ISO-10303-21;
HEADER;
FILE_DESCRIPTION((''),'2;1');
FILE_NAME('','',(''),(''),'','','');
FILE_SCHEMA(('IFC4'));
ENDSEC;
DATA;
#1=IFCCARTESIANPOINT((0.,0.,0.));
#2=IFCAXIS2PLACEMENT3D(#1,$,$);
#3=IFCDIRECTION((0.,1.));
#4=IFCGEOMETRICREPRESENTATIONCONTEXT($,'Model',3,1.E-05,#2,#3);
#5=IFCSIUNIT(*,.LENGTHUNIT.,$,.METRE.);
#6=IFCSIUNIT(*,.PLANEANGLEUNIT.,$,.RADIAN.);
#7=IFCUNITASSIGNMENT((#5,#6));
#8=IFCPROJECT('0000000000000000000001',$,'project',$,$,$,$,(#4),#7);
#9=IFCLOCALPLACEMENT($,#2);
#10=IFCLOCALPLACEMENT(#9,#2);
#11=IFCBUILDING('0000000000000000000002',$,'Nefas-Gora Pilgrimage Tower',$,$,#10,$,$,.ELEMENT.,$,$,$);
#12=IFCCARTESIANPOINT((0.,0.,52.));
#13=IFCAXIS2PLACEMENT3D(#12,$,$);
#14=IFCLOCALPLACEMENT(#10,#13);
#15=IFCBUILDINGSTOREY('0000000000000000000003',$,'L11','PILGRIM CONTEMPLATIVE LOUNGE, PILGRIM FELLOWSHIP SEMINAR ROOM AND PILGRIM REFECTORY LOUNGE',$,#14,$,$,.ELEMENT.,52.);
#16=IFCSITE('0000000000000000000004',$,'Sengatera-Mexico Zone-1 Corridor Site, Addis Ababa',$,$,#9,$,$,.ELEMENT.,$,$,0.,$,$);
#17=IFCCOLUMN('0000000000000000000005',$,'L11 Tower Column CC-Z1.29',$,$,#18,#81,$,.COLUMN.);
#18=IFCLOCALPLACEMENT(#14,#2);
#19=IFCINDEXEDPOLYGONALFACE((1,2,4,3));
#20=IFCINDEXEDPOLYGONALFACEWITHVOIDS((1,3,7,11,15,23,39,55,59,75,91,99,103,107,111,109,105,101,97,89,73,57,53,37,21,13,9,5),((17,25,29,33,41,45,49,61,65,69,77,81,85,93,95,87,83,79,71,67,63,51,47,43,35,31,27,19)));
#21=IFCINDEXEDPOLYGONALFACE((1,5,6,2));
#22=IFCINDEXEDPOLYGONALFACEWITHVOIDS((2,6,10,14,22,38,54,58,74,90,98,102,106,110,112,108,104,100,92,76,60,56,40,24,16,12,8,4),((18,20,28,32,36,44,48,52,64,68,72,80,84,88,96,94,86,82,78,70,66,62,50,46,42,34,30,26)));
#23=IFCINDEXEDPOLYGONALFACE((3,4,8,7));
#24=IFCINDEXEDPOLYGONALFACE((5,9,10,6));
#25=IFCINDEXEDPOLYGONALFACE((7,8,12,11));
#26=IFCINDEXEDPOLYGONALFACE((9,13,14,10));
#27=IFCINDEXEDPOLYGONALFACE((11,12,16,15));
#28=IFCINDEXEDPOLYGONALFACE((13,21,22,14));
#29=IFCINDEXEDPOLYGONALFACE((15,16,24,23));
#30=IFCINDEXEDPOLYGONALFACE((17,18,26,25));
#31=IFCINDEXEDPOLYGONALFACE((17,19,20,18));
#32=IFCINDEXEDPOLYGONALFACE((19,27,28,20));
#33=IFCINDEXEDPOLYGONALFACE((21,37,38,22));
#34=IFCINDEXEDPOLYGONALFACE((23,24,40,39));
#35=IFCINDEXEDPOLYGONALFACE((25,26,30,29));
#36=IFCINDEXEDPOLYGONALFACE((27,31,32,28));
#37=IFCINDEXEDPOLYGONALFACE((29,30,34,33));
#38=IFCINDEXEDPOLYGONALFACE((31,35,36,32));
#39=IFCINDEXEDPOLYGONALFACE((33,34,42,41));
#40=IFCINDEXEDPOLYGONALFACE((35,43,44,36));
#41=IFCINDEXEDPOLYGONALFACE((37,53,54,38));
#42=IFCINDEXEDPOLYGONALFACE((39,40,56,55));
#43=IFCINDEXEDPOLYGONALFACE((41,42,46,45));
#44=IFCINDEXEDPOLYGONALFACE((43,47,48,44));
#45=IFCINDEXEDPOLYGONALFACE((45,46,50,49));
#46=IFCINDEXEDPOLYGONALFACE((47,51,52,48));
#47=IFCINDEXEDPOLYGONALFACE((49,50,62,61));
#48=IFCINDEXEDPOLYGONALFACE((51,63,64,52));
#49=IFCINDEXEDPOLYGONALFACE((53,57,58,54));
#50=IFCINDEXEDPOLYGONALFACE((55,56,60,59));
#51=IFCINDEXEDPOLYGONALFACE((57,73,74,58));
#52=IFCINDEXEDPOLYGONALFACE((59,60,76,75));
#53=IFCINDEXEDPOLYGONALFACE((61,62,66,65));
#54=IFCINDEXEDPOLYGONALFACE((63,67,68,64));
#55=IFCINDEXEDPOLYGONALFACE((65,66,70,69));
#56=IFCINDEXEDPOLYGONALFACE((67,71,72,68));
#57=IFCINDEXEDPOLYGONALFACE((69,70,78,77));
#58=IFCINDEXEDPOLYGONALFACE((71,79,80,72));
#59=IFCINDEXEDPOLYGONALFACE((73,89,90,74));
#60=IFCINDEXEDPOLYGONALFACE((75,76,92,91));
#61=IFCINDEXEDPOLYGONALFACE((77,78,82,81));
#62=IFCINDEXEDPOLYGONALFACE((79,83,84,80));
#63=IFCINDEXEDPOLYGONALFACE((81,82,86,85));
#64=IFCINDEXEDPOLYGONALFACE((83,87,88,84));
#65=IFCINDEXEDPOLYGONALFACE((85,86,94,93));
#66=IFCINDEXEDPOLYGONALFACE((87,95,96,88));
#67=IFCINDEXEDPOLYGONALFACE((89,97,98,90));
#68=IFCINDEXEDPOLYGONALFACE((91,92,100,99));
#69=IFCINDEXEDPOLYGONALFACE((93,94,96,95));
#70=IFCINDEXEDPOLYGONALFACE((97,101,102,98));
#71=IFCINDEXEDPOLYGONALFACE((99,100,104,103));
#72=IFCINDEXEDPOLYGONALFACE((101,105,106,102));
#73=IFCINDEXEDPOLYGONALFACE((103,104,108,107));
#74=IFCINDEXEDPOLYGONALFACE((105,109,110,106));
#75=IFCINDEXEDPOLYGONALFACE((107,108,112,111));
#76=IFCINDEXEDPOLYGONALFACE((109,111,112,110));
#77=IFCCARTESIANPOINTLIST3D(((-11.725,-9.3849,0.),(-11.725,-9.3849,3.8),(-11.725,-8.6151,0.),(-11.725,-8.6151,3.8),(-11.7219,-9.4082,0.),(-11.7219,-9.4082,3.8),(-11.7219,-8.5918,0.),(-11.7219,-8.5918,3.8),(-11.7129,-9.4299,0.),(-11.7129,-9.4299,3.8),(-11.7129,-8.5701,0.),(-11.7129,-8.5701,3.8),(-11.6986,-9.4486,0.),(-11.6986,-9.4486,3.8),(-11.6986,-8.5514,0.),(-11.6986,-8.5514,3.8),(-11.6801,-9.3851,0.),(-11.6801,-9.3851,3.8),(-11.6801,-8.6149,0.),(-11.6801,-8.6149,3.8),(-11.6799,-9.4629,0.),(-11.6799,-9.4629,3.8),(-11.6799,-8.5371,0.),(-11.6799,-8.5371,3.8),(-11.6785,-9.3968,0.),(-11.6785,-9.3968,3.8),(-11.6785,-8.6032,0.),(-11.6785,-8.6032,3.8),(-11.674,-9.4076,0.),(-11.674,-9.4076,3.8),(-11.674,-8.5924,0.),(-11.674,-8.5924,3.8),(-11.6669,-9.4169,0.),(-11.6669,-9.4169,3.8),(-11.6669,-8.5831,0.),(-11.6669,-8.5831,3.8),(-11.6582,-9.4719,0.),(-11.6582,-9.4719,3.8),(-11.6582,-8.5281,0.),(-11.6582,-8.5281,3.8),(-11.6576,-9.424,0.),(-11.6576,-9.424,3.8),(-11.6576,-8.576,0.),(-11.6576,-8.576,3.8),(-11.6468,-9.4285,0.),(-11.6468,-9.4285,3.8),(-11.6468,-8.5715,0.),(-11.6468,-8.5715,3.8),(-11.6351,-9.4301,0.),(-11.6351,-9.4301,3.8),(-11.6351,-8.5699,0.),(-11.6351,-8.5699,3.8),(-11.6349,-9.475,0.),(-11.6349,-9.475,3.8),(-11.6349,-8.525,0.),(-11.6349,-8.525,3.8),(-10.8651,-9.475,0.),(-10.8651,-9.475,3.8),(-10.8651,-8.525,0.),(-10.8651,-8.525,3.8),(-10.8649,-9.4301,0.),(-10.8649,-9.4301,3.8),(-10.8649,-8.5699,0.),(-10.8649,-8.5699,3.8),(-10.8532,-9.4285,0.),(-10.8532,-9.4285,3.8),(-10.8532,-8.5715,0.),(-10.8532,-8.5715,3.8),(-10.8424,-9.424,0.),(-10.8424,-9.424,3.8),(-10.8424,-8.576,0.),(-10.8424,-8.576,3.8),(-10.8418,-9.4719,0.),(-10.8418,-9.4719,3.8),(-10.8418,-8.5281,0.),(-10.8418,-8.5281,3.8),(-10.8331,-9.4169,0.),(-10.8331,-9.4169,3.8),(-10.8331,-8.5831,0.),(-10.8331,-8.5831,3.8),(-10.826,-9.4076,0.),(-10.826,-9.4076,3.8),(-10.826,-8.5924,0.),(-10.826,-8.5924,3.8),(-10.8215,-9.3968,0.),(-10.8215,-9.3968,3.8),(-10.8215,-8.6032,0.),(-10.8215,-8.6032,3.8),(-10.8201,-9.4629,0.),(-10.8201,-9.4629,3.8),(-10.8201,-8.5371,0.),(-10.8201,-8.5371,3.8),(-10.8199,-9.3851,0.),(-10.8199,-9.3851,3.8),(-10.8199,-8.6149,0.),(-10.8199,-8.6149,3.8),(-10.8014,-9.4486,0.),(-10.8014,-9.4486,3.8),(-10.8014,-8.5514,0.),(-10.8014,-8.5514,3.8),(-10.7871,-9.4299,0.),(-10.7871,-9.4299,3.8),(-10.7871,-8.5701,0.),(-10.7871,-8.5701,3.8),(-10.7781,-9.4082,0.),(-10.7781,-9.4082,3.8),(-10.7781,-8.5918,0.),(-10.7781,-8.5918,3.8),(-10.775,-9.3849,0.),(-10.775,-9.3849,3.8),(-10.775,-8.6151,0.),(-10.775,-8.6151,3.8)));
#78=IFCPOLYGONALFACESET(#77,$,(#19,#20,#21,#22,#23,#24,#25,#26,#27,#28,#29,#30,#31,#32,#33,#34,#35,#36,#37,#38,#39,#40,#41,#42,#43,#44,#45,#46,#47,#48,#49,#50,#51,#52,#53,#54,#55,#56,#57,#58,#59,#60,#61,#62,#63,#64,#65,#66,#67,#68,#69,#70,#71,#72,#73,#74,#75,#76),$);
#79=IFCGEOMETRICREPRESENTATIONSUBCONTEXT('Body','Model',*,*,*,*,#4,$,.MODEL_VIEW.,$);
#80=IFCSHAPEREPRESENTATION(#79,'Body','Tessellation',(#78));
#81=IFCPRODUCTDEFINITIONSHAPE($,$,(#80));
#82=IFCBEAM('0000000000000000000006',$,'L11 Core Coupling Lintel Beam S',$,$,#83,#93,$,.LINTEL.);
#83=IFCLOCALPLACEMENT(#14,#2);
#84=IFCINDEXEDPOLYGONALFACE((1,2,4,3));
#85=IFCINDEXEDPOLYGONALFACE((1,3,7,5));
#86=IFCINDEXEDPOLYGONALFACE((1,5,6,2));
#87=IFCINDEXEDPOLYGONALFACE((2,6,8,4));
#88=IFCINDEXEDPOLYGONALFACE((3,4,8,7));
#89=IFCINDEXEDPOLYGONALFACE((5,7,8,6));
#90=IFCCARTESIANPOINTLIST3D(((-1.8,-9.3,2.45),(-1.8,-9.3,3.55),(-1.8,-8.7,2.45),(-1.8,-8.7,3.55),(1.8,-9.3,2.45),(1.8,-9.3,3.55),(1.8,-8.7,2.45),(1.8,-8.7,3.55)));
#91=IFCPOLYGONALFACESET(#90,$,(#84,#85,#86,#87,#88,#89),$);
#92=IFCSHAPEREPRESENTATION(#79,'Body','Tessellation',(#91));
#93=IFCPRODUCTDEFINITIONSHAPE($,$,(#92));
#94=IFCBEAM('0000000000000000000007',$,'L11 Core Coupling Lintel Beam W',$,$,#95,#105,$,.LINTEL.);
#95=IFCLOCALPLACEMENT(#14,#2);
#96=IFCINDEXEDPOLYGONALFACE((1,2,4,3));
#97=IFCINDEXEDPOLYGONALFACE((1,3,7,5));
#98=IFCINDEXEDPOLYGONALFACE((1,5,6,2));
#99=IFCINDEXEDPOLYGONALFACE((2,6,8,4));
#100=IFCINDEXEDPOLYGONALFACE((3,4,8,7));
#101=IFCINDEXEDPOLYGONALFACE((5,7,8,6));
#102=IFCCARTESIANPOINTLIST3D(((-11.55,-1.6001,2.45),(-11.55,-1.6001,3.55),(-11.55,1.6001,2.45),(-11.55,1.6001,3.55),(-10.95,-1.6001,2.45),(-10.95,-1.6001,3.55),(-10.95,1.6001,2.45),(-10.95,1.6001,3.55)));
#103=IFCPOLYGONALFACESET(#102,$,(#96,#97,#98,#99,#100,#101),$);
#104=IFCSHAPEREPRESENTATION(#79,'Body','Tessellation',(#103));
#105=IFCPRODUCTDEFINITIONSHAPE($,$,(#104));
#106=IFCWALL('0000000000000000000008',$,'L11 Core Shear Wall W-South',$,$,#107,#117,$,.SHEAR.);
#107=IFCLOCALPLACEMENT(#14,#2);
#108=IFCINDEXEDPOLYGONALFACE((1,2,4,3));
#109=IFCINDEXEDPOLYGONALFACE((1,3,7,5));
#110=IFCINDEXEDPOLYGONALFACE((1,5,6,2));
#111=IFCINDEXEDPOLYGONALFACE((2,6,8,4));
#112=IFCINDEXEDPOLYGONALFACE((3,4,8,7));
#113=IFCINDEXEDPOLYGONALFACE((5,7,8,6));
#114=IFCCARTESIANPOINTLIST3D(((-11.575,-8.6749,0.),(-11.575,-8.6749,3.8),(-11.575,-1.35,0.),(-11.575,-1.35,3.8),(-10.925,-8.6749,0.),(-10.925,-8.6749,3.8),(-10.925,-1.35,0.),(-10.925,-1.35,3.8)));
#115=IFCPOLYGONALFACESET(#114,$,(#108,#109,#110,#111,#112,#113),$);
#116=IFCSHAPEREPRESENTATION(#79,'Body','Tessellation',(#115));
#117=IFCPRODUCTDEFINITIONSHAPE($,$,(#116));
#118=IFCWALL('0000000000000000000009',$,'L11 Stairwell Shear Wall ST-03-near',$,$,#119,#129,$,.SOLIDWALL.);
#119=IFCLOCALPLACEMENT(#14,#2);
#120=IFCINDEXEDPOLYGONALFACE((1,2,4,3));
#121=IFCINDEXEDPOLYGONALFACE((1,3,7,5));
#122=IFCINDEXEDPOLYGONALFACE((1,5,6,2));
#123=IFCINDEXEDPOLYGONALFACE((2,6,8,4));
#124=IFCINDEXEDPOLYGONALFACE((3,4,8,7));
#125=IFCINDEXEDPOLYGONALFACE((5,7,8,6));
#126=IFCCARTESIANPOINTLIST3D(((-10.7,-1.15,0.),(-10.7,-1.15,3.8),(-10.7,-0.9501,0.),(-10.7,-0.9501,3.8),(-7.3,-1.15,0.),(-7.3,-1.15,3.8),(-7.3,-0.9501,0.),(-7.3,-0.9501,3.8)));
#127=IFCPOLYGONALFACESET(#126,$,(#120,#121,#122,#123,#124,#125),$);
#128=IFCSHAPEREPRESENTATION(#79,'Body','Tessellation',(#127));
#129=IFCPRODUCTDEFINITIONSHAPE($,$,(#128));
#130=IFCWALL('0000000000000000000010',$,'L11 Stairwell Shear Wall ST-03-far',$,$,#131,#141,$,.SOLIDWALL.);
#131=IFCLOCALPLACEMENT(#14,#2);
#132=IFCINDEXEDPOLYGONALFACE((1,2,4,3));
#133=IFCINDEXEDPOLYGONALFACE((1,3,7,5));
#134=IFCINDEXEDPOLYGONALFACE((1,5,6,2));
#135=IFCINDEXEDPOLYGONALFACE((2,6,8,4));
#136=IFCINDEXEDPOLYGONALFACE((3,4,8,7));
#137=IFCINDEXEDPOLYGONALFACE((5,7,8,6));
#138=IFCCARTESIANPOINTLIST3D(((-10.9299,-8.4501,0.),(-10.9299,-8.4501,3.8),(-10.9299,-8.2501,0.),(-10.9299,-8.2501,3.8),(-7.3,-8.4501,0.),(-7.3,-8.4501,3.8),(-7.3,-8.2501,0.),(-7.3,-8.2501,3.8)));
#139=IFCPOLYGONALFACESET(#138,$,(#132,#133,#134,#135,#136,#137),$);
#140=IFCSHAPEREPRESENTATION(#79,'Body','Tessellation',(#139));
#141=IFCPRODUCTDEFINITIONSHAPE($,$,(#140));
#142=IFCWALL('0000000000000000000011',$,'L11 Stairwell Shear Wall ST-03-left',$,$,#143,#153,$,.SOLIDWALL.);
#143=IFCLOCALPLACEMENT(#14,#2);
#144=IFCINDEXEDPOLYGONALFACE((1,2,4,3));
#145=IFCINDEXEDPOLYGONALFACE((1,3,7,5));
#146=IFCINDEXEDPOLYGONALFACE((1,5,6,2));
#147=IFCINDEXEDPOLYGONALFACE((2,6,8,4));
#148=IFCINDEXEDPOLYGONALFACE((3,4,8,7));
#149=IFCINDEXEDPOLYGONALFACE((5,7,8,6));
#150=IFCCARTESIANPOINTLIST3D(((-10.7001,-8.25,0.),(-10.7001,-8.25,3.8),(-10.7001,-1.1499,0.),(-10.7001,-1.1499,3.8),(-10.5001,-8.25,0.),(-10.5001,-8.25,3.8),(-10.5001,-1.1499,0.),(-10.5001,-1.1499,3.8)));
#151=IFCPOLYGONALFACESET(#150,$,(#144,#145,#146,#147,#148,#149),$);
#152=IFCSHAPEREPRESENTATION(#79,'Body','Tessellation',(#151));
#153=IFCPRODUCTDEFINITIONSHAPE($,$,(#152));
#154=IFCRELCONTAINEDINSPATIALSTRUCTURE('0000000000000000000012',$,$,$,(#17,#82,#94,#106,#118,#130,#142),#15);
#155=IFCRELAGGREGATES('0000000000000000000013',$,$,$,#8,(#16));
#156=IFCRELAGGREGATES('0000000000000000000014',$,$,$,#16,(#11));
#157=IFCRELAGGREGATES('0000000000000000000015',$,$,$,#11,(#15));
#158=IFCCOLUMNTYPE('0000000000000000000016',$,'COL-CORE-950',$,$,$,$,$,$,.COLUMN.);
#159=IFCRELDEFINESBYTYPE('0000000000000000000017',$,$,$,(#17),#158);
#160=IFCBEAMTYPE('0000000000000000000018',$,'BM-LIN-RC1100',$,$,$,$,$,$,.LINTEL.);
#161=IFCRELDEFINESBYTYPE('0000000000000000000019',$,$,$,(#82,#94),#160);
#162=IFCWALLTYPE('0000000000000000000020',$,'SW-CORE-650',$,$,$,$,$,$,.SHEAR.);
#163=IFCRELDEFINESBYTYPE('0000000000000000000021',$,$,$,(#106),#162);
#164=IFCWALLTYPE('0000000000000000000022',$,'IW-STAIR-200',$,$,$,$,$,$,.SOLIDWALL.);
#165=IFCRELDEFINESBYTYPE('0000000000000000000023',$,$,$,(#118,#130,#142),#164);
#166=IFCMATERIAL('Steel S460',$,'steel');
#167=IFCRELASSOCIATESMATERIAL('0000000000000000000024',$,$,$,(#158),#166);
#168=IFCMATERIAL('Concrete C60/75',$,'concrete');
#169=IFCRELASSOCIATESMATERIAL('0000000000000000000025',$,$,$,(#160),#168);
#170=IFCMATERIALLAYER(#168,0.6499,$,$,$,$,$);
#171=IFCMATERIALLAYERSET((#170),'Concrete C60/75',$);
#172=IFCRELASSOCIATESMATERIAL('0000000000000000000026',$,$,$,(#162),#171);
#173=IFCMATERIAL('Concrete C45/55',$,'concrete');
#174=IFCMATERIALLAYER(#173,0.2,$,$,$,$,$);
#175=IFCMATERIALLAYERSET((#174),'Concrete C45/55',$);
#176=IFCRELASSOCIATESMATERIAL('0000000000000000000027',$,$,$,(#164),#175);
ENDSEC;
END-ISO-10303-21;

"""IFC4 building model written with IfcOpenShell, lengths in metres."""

from ifc_helpers import new_model, si_unit, direction, frame, frame_2d, origin, origin_2d, place, context, subcontext, project, spatial, rectangle, hollow_rectangle, extrude, source, transform, mapped, material, layer, layer_set, material_profile, profile_set, type_object, element, save


model = new_model("IFC4")

# Units and contexts
model_context = context("Model", 3, precision=1e-05, world=origin(), true_north=direction((0.0, 1.0)))
body_context = subcontext(model_context, "Body", "Model", "MODEL_VIEW")
ifc_project = project(units=[si_unit("LENGTHUNIT", "METRE"), si_unit("PLANEANGLEUNIT", "RADIAN")], contexts=[model_context])

# Site, building, storey
site_placement = place(None, origin())
site = spatial("IfcSite", under=ifc_project, at=site_placement, Name="Sengatera-Mexico Zone-1 Corridor Site, Addis Ababa", CompositionType="ELEMENT", RefElevation=0.0)
building_placement = place(site_placement, origin())
building = spatial("IfcBuilding", under=site, at=building_placement, Name="Nefas-Gora Pilgrimage Tower", CompositionType="ELEMENT")
storey_placement = place(building_placement, frame((0.0, 0.0, 52.0)))
storey = spatial("IfcBuildingStorey", under=building, at=storey_placement, Name="L11", Description="PILGRIM CONTEMPLATIVE LOUNGE, PILGRIM FELLOWSHIP SEMINAR ROOM AND PILGRIM REFECTORY LOUNGE", CompositionType="ELEMENT", Elevation=52.0)

# Column
ifc_material_1 = material(Name="Steel S460", Category="steel")
ifc_material_profile_1 = material_profile(ifc_material_1, hollow_rectangle(XDim=0.95, YDim=0.95, WallThickness=0.0449, InnerFilletRadius=0.0449, OuterFilletRadius=0.0901, at=origin_2d()), Name="BOX 950x950x45")
ifc_profile_set_1 = profile_set([ifc_material_profile_1], Name="Steel S460")
column_type = type_object("IfcColumnType", Name="COL-CORE-950", PredefinedType="COLUMN", material=ifc_profile_set_1)
shared_shape_1 = source(origin(), body_context, "Body", "SweptSolid", [
    extrude(hollow_rectangle(XDim=0.95, YDim=0.95, WallThickness=0.0449, InnerFilletRadius=0.0449, OuterFilletRadius=0.0901, at=origin_2d()), origin(), (0.0, 0.0, 1.0), 3.8),
])
column_placement = place(storey_placement, frame((-11.25, -9.0, 0.0), z_axis=(0.0, 0.0, 1.0), x_axis=(1.0, 0.0, 0.0)))
element("IfcColumn", 1, at=column_placement, inside=storey, type_object=column_type, Name="L11 Tower Column CC-Z1.29", PredefinedType="COLUMN", context=body_context, shape_type="MappedRepresentation", body=[
    mapped(shared_shape_1, transform((0.0, 0.0, 0.0), x_axis=(1.0, 0.0, 0.0), y_axis=(0.0, 1.0, 0.0), z_axis=(0.0, 0.0, 1.0), scale=1.0)),
])

# Beams
ifc_material_2 = material(Name="Concrete C60/75", Category="concrete")
ifc_material_profile_2 = material_profile(ifc_material_2, rectangle(XDim=0.6001, YDim=1.1001, at=origin_2d()), Name="RC 600x1100")
ifc_profile_set_2 = profile_set([ifc_material_profile_2], Name="Concrete C60/75")
beam_type = type_object("IfcBeamType", Name="BM-LIN-RC1100", PredefinedType="LINTEL", material=ifc_profile_set_2)
shared_shape_2 = source(origin(), body_context, "Body", "SweptSolid", [
    extrude(rectangle(XDim=0.6001, YDim=1.1001, at=origin_2d()), origin(), (0.0, 0.0, 1.0), 3.6001),
])
beam_1_placement = place(storey_placement, frame((-1.8, -9.0, 3.0), z_axis=(1.0, 0.0, 0.0), x_axis=(0.0, 1.0, 0.0)))
element("IfcBeam", 2, at=beam_1_placement, inside=storey, type_object=beam_type, Name="L11 Core Coupling Lintel Beam S", PredefinedType="LINTEL", context=body_context, shape_type="MappedRepresentation", body=[
    mapped(shared_shape_2, transform((0.0, 0.0, 0.0), x_axis=(1.0, 0.0, 0.0), y_axis=(0.0, 1.0, 0.0), z_axis=(0.0, 0.0, 1.0), scale=1.0)),
])
shared_shape_3 = source(origin(), body_context, "Body", "SweptSolid", [
    extrude(rectangle(XDim=0.6001, YDim=1.1001, at=origin_2d()), origin(), (0.0, 0.0, 1.0), 3.2002),
])
beam_2_placement = place(storey_placement, frame((-11.25, -1.6001, 3.0), z_axis=(0.0, 1.0, 0.0), x_axis=(-1.0, 0.0, 0.0)))
element("IfcBeam", 3, at=beam_2_placement, inside=storey, type_object=beam_type, Name="L11 Core Coupling Lintel Beam W", PredefinedType="LINTEL", context=body_context, shape_type="MappedRepresentation", body=[
    mapped(shared_shape_3, transform((0.0, 0.0, 0.0), x_axis=(1.0, 0.0, 0.0), y_axis=(0.0, 1.0, 0.0), z_axis=(0.0, 0.0, 1.0), scale=1.0)),
])

# Walls
ifc_layer_1 = layer(ifc_material_2, 0.6499)
ifc_layer_set_1 = layer_set([ifc_layer_1], Name="Concrete C60/75")
wall_type_1 = type_object("IfcWallType", Name="SW-CORE-650", PredefinedType="SHEAR", material=ifc_layer_set_1)
shared_shape_4 = source(origin(), body_context, "Body", "SweptSolid", [
    extrude(rectangle(XDim=7.325, YDim=0.6499, at=frame_2d((3.6626, 0.0))), origin(), (0.0, 0.0, 1.0), 3.8),
])
wall_1_placement = place(storey_placement, frame((-11.25, -8.675, 0.0), z_axis=(0.0, 0.0, 1.0), x_axis=(0.0, 1.0, 0.0)))
element("IfcWall", 4, at=wall_1_placement, inside=storey, type_object=wall_type_1, Name="L11 Core Shear Wall W-South", PredefinedType="SHEAR", context=body_context, shape_type="MappedRepresentation", body=[
    mapped(shared_shape_4, transform((0.0, 0.0, 0.0), x_axis=(1.0, 0.0, 0.0), y_axis=(0.0, 1.0, 0.0), z_axis=(0.0, 0.0, 1.0), scale=1.0)),
])
ifc_material_3 = material(Name="Concrete C45/55", Category="concrete")
ifc_layer_2 = layer(ifc_material_3, 0.2)
ifc_layer_set_2 = layer_set([ifc_layer_2], Name="Concrete C45/55")
wall_type_2 = type_object("IfcWallType", Name="IW-STAIR-200", PredefinedType="SOLIDWALL", material=ifc_layer_set_2)
shared_shape_5 = source(origin(), body_context, "Body", "SweptSolid", [
    extrude(rectangle(XDim=3.3999, YDim=0.2, at=frame_2d((1.7, 0.0))), origin(), (0.0, 0.0, 1.0), 3.8),
])
wall_2_placement = place(storey_placement, frame((-10.7, -1.05, 0.0), z_axis=(0.0, 0.0, 1.0), x_axis=(1.0, 0.0, 0.0)))
element("IfcWall", 5, at=wall_2_placement, inside=storey, type_object=wall_type_2, Name="L11 Stairwell Shear Wall ST-03-near", PredefinedType="SOLIDWALL", context=body_context, shape_type="MappedRepresentation", body=[
    mapped(shared_shape_5, transform((0.0, 0.0, 0.0), x_axis=(1.0, 0.0, 0.0), y_axis=(0.0, 1.0, 0.0), z_axis=(0.0, 0.0, 1.0), scale=1.0)),
])
shared_shape_6 = source(origin(), body_context, "Body", "SweptSolid", [
    extrude(rectangle(XDim=3.6299, YDim=0.2, at=frame_2d((1.8149, 0.0))), origin(), (0.0, 0.0, 1.0), 3.8),
])
wall_3_placement = place(storey_placement, frame((-10.9299, -8.3501, 0.0), z_axis=(0.0, 0.0, 1.0), x_axis=(1.0, 0.0, 0.0)))
element("IfcWall", 6, at=wall_3_placement, inside=storey, type_object=wall_type_2, Name="L11 Stairwell Shear Wall ST-03-far", PredefinedType="SOLIDWALL", context=body_context, shape_type="MappedRepresentation", body=[
    mapped(shared_shape_6, transform((0.0, 0.0, 0.0), x_axis=(1.0, 0.0, 0.0), y_axis=(0.0, 1.0, 0.0), z_axis=(0.0, 0.0, 1.0), scale=1.0)),
])
shared_shape_7 = source(origin(), body_context, "Body", "SweptSolid", [
    extrude(rectangle(XDim=7.1001, YDim=0.2, at=frame_2d((3.55, 0.0))), origin(), (0.0, 0.0, 1.0), 3.8),
])
wall_4_placement = place(storey_placement, frame((-10.6001, -1.1499, 0.0), z_axis=(0.0, 0.0, 1.0), x_axis=(0.0, -1.0, 0.0)))
element("IfcWall", 7, at=wall_4_placement, inside=storey, type_object=wall_type_2, Name="L11 Stairwell Shear Wall ST-03-left", PredefinedType="SOLIDWALL", context=body_context, shape_type="MappedRepresentation", body=[
    mapped(shared_shape_7, transform((0.0, 0.0, 0.0), x_axis=(1.0, 0.0, 0.0), y_axis=(0.0, 1.0, 0.0), z_axis=(0.0, 0.0, 1.0), scale=1.0)),
])

save(model, "model.ifc")
